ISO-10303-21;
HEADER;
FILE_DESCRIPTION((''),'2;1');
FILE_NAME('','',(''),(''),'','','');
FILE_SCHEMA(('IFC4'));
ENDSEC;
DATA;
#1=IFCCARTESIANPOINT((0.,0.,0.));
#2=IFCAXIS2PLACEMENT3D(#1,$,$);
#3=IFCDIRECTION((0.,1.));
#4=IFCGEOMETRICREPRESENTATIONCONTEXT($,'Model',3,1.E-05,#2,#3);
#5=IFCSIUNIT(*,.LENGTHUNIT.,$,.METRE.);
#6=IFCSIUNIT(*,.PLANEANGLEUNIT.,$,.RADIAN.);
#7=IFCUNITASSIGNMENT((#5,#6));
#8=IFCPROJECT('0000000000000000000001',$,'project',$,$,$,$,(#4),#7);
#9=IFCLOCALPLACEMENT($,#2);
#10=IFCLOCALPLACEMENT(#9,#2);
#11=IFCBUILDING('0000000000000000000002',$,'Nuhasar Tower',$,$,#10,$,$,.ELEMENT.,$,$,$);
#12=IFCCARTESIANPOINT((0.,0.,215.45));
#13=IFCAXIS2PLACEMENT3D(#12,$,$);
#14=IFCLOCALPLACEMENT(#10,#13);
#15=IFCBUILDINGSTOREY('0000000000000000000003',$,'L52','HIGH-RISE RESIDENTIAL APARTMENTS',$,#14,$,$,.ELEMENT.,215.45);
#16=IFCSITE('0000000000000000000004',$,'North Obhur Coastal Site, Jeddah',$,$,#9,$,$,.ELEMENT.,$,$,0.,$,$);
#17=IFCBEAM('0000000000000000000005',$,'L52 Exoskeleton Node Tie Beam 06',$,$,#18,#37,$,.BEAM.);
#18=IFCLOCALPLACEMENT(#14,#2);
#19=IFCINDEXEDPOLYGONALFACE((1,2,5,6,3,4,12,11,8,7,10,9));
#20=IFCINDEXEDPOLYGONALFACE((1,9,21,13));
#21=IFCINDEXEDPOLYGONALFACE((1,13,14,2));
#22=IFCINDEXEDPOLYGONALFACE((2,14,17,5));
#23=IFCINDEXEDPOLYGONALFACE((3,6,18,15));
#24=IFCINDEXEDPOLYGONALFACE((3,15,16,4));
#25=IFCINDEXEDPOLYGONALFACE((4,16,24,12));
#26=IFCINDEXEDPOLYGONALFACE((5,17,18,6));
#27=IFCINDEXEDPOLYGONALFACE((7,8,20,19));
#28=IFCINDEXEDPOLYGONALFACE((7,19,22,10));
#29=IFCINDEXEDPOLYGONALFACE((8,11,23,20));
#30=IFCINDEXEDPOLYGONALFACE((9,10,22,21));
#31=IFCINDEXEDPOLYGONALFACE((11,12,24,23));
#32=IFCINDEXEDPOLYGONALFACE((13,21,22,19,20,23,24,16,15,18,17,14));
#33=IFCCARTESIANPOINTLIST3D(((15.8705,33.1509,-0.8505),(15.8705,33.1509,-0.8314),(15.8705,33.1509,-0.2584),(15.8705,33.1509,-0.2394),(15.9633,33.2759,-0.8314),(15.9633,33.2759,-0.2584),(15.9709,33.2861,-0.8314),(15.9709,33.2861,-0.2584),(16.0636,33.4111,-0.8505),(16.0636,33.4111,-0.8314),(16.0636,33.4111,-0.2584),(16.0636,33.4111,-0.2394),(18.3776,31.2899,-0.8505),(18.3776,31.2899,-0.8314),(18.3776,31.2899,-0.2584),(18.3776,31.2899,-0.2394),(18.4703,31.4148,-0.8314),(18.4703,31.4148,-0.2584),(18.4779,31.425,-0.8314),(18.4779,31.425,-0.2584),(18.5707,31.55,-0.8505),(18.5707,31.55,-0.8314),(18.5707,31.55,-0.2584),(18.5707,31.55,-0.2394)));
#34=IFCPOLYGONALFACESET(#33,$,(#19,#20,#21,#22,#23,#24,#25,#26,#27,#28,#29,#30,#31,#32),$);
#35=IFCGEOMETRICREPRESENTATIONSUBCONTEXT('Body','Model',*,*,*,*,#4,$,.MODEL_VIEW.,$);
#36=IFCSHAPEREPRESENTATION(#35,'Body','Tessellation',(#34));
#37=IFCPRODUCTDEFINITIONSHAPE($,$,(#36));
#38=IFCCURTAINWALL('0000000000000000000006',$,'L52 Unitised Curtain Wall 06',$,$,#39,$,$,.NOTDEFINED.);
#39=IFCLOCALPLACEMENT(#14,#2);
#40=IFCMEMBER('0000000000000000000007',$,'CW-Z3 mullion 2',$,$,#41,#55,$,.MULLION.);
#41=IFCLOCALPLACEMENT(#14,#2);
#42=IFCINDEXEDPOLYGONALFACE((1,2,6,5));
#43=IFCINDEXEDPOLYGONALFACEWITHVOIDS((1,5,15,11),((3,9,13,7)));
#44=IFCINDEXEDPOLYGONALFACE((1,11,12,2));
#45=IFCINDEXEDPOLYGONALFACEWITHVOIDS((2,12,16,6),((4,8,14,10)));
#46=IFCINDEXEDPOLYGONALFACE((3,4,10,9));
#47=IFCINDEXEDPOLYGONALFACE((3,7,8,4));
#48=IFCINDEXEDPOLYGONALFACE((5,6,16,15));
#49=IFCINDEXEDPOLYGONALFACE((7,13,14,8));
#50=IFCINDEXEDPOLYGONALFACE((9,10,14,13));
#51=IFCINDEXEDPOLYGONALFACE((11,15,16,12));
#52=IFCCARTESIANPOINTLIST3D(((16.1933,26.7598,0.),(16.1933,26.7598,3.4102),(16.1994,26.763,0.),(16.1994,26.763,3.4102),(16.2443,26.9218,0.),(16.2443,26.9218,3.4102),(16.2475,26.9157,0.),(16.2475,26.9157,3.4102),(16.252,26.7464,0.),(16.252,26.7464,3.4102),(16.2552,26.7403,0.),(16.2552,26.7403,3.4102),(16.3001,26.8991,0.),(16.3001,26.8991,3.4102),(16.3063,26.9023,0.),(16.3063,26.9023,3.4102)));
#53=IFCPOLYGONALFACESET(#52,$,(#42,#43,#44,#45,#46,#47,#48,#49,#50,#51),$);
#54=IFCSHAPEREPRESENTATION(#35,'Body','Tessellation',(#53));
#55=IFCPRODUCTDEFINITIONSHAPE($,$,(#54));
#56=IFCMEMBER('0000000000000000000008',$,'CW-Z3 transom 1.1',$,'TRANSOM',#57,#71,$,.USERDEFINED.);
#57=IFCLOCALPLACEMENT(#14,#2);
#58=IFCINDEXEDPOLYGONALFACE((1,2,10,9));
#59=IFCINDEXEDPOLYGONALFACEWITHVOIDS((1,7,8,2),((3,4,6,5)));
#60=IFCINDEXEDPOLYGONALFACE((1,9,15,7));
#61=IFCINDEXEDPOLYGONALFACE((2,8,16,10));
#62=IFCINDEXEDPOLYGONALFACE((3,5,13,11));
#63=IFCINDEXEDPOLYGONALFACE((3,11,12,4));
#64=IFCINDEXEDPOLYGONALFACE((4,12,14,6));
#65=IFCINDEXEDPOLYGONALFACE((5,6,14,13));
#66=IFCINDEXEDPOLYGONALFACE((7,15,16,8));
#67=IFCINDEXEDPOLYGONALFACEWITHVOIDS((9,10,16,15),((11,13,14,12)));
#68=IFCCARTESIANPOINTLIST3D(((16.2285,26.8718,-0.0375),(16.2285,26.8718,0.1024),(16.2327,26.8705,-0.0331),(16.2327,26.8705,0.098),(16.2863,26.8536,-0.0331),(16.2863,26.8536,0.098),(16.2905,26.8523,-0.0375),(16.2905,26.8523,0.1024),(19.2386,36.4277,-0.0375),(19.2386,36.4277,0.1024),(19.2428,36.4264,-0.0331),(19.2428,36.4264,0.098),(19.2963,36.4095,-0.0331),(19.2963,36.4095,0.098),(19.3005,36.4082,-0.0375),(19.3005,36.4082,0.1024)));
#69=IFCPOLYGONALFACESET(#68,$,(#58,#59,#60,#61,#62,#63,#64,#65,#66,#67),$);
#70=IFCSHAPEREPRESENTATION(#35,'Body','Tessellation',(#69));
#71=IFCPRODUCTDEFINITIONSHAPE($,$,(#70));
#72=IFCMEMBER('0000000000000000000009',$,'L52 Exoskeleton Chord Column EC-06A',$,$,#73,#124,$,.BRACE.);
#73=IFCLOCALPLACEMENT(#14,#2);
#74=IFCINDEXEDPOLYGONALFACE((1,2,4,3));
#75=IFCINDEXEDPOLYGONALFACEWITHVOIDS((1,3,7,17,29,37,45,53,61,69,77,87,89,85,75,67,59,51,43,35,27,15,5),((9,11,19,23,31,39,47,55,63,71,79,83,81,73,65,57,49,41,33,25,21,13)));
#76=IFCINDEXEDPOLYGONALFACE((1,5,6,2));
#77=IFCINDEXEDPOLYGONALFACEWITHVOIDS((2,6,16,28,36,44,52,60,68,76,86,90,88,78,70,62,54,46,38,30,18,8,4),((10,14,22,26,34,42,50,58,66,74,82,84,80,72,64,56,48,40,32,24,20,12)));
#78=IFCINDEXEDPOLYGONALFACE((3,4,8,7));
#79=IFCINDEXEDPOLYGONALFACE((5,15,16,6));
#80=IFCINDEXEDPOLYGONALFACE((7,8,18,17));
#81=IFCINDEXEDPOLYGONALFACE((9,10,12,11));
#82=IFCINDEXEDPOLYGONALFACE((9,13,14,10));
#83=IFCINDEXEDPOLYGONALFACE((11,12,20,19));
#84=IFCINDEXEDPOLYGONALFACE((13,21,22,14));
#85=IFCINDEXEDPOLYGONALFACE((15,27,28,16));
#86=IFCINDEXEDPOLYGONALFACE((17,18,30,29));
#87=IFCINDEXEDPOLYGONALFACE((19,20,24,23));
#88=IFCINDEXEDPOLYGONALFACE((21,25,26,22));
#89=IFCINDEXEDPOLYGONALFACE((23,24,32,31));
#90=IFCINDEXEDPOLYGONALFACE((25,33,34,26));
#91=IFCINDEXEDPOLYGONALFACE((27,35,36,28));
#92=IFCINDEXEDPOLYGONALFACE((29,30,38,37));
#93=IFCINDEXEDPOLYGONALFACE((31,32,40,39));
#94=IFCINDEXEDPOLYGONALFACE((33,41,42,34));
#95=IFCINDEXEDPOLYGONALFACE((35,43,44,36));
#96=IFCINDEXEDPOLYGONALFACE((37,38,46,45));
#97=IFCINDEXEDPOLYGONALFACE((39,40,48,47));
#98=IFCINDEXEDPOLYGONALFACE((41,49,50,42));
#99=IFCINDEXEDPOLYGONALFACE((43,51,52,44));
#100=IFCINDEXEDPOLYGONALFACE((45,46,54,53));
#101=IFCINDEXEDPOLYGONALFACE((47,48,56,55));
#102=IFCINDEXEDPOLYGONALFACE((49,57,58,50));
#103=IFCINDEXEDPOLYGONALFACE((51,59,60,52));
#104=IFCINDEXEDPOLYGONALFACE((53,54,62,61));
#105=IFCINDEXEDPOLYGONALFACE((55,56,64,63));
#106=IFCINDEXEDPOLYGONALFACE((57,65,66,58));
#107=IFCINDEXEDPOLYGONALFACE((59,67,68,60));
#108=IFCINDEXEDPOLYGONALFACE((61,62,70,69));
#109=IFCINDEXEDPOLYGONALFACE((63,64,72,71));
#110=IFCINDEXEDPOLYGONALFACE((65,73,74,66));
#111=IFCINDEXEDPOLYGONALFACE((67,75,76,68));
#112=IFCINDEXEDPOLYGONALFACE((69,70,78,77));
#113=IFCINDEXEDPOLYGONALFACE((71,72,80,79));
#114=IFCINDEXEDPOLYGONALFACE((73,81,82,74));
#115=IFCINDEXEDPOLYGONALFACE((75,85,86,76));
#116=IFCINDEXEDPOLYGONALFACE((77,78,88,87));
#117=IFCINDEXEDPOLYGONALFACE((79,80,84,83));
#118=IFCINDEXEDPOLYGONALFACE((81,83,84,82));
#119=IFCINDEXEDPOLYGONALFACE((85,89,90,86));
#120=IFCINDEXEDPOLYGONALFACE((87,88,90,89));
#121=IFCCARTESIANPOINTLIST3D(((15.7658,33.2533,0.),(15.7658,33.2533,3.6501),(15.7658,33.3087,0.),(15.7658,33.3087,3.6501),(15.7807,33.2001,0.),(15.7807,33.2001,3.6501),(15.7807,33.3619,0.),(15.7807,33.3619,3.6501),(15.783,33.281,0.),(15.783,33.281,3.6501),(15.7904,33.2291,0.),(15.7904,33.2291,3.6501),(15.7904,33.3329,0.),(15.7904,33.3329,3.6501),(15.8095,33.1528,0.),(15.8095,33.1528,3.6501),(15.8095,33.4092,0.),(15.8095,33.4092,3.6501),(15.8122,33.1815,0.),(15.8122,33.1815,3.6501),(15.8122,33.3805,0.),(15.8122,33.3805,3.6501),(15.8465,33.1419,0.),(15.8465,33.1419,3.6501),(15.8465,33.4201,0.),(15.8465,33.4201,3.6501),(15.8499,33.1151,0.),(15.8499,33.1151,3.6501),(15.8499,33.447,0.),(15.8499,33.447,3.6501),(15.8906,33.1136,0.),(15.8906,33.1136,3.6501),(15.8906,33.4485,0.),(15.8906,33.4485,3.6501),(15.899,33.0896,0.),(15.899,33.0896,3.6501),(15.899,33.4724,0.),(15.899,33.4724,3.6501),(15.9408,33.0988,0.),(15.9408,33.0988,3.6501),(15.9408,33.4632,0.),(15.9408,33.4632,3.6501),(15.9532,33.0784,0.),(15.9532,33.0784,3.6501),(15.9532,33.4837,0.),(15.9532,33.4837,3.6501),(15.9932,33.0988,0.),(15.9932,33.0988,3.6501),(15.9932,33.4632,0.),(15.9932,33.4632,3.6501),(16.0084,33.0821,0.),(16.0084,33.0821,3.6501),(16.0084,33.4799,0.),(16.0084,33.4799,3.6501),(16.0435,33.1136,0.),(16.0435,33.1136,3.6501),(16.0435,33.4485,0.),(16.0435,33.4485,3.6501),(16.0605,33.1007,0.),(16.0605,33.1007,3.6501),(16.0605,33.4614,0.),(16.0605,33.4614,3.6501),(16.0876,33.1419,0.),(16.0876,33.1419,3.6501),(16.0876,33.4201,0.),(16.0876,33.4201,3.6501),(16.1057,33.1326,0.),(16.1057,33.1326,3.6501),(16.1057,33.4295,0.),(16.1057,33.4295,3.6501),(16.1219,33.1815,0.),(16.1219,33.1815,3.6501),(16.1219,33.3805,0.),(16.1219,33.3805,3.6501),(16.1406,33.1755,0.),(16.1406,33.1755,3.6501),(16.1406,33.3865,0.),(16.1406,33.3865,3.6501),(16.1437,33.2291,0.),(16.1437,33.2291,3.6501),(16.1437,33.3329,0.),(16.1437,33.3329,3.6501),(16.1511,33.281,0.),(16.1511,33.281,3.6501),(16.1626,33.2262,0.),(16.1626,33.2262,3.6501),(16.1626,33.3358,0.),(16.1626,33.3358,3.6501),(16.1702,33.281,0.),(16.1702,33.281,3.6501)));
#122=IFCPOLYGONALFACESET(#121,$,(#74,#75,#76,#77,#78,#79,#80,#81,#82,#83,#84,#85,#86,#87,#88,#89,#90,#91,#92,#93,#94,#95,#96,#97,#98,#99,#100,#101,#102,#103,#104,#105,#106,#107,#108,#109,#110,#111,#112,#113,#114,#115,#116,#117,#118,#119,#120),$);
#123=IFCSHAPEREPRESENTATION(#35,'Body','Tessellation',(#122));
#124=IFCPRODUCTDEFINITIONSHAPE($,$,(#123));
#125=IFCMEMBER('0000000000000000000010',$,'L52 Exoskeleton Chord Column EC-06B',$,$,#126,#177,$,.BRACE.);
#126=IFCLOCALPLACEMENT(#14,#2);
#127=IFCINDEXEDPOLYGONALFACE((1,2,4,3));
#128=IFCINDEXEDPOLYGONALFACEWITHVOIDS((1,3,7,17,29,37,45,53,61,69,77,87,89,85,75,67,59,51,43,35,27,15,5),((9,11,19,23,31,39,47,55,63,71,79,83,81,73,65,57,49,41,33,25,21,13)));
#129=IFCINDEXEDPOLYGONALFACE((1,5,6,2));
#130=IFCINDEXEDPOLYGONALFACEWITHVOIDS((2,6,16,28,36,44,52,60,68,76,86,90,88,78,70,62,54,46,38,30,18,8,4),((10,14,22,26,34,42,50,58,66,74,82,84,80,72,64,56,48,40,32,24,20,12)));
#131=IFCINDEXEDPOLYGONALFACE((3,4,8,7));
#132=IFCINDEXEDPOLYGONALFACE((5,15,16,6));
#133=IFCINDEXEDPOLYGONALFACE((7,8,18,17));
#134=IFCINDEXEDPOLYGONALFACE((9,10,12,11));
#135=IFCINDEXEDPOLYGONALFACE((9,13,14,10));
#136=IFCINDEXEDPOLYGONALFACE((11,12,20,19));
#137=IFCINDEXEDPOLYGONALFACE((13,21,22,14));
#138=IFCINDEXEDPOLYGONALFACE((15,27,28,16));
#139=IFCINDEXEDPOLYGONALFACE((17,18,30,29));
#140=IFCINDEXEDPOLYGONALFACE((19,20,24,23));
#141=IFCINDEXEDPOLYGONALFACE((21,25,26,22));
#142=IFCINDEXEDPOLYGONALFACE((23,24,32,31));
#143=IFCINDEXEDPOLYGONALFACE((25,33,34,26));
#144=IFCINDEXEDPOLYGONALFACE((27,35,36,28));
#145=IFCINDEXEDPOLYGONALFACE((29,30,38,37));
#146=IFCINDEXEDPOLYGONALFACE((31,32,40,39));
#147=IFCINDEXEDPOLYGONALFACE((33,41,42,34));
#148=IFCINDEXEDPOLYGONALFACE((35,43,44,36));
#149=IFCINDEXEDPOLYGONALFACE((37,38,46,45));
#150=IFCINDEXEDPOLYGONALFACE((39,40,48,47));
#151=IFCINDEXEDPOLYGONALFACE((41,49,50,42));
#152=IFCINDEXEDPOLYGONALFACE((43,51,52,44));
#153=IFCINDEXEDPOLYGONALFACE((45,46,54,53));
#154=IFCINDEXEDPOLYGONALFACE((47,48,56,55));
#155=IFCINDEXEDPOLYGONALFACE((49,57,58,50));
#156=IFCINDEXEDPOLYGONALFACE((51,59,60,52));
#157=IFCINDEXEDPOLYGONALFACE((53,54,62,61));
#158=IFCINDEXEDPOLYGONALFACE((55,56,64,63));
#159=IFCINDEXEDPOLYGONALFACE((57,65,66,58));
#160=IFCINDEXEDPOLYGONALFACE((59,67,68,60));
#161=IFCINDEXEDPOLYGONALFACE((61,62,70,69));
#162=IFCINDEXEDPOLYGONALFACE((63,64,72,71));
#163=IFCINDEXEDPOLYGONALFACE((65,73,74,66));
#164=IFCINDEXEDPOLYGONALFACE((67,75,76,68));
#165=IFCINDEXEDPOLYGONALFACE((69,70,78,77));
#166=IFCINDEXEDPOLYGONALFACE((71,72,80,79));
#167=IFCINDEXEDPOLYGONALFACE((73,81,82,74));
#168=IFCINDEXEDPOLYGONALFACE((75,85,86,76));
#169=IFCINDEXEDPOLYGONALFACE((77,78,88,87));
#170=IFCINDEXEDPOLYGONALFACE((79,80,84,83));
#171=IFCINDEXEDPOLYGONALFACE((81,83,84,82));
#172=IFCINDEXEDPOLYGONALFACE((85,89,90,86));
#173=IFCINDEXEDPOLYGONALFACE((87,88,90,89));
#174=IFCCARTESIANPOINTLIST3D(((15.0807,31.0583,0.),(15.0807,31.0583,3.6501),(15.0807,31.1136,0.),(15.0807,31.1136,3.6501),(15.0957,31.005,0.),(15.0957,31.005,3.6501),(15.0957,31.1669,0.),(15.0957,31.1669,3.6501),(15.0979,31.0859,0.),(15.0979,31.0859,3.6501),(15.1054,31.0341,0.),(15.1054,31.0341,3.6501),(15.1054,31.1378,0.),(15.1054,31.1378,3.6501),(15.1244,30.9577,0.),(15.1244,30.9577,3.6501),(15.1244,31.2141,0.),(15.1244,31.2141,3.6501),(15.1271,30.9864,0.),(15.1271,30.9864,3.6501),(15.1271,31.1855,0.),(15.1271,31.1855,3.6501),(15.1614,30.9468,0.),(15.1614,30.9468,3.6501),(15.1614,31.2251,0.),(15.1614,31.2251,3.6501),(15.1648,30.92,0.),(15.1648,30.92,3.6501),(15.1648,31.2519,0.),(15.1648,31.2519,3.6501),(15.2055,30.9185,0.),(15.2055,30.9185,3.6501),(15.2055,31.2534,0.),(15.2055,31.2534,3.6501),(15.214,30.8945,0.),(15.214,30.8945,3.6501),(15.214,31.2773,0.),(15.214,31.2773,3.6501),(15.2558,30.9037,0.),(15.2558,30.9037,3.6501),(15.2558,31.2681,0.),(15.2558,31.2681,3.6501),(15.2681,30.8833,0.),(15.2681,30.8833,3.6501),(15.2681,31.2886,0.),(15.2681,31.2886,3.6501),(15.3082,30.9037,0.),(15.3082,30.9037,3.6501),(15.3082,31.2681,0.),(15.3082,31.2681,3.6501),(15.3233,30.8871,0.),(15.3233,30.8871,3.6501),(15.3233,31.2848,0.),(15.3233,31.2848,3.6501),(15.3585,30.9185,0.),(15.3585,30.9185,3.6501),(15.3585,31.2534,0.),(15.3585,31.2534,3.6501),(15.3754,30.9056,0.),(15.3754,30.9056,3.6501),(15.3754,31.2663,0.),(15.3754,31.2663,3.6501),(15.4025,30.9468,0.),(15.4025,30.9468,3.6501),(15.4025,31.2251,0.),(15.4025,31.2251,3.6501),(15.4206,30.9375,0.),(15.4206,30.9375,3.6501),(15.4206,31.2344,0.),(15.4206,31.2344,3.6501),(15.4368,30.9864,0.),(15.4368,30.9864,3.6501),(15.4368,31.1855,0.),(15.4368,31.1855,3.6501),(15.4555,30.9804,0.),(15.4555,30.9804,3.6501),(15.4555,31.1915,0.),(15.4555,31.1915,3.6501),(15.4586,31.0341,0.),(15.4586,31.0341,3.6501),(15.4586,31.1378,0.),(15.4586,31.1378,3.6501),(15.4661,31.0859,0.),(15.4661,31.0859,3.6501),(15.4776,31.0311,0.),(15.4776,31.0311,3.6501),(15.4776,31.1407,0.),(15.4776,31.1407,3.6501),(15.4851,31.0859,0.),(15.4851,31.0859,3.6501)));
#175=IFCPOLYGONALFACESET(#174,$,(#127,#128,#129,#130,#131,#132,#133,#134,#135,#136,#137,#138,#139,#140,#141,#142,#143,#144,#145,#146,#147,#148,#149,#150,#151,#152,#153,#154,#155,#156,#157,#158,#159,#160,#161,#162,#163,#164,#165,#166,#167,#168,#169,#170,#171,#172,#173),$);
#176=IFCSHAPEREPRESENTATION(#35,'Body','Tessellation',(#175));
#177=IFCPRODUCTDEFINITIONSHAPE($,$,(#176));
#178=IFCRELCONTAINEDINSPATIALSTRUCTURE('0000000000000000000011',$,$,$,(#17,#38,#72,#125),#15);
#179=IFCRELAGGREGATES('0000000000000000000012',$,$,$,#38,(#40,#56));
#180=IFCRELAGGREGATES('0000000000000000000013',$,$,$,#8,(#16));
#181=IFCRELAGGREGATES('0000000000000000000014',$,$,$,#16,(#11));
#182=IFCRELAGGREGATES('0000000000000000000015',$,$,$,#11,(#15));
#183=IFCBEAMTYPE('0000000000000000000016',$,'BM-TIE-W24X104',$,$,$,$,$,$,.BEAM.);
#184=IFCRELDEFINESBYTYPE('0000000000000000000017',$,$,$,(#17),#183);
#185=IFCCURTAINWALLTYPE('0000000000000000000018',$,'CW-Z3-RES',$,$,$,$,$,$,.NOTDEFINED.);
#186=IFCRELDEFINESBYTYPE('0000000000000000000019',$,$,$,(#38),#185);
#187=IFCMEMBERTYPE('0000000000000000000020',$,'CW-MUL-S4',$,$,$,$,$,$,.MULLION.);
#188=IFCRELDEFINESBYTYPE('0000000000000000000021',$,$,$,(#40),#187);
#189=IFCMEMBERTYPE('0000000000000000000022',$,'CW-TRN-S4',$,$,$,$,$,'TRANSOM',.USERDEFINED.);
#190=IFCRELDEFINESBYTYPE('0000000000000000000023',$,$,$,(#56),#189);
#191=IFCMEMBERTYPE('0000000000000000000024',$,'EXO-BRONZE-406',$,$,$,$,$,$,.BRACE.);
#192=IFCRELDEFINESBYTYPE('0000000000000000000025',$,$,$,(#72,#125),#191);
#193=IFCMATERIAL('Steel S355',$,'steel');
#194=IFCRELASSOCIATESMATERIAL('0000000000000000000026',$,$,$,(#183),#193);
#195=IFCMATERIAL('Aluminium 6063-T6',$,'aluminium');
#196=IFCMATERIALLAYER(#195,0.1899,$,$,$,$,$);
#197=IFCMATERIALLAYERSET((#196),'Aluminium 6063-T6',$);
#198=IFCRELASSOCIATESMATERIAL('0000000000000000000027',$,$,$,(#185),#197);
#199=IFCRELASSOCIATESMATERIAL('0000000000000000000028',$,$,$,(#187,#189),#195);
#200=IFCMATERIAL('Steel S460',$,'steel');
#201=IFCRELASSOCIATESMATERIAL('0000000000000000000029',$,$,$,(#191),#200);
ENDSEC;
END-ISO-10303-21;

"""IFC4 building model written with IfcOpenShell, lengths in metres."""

from ifc_helpers import new_model, si_unit, direction, frame, origin, origin_2d, place, context, subcontext, project, spatial, hollow_rectangle, hollow_circle, i_section, extrude, material, layer, layer_set, material_profile, profile_set, type_object, element, aggregate, save


model = new_model("IFC4")

# Units and contexts
model_context = context("Model", 3, precision=1e-05, world=origin(), true_north=direction((0.0, 1.0)))
body_context = subcontext(model_context, "Body", "Model", "MODEL_VIEW")
ifc_project = project(units=[si_unit("LENGTHUNIT", "METRE"), si_unit("PLANEANGLEUNIT", "RADIAN")], contexts=[model_context])

# Site, building, storey
site_placement = place(None, origin())
site = spatial("IfcSite", under=ifc_project, at=site_placement, Name="North Obhur Coastal Site, Jeddah", CompositionType="ELEMENT", RefElevation=0.0)
building_placement = place(site_placement, origin())
building = spatial("IfcBuilding", under=site, at=building_placement, Name="Nuhasar Tower", CompositionType="ELEMENT")
storey_placement = place(building_placement, frame((0.0, 0.0, 215.45)))
storey = spatial("IfcBuildingStorey", under=building, at=storey_placement, Name="L52", Description="HIGH-RISE RESIDENTIAL APARTMENTS", CompositionType="ELEMENT", Elevation=215.45)

# Beam
ifc_material_1 = material(Name="Steel S355", Category="steel")
ifc_material_profile_1 = material_profile(ifc_material_1, i_section(OverallWidth=0.324, OverallDepth=0.6111, WebThickness=0.0127, FlangeThickness=0.019, at=origin_2d()), Name="W24X104")
ifc_profile_set_1 = profile_set([ifc_material_profile_1], Name="Steel S355")
beam_type_1 = type_object("IfcBeamType", Name="BM-TIE-W24X104", PredefinedType="BEAM", material=ifc_profile_set_1)
beam_1_placement = place(storey_placement, frame((18.4741, 31.4199, -0.5449), z_axis=(-0.802946, 0.596052, 0.0), x_axis=(-0.596052, -0.802946, 0.0)))
element("IfcBeam", 1, at=beam_1_placement, inside=storey, type_object=beam_type_1, Name="L52 Exoskeleton Node Tie Beam 06", PredefinedType="BEAM", context=body_context, shape_type="SweptSolid", body=[
    extrude(i_section(OverallWidth=0.324, OverallDepth=0.6111, WebThickness=0.0127, FlangeThickness=0.019, at=origin_2d()), origin(), (0.0, 0.0, 1.0), 3.1223),
])

# Curtain wall, members
ifc_material_2 = material(Name="Aluminium 6063-T6", Category="aluminium")
ifc_layer_1 = layer(ifc_material_2, 0.1899)
ifc_layer_set_1 = layer_set([ifc_layer_1], Name="Aluminium 6063-T6")
curtain_wall_type = type_object("IfcCurtainWallType", Name="CW-Z3-RES", PredefinedType="NOTDEFINED", material=ifc_layer_set_1)
curtain_wall_placement = place(storey_placement, origin())
curtain_wall = element("IfcCurtainWall", 2, at=curtain_wall_placement, inside=storey, type_object=curtain_wall_type, Name="L52 Unitised Curtain Wall 06", PredefinedType="NOTDEFINED")
ifc_material_profile_2 = material_profile(ifc_material_2, hollow_rectangle(XDim=0.0649, YDim=0.1699, WallThickness=0.0049, at=origin_2d()), Name="CWM-4")
ifc_profile_set_2 = profile_set([ifc_material_profile_2], Name="Aluminium 6063-T6")
member_type_1 = type_object("IfcMemberType", Name="CW-MUL-S4", PredefinedType="MULLION", material=ifc_profile_set_2)
member_1_placement = place(storey_placement, frame((16.2498, 26.8311, 0.0), z_axis=(0.0, 0.0, 1.0), x_axis=(0.953804, -0.300429, 0.0)))
member_1 = element("IfcMember", 3, at=member_1_placement, type_object=member_type_1, Name="CW-Z3 mullion 2", PredefinedType="MULLION", context=body_context, shape_type="SweptSolid", body=[
    extrude(hollow_rectangle(XDim=0.0649, YDim=0.1699, WallThickness=0.0049, at=origin_2d()), origin(), (0.0, 0.0, 1.0), 3.4102),
])
ifc_material_profile_3 = material_profile(ifc_material_2, hollow_rectangle(XDim=0.0649, YDim=0.1399, WallThickness=0.0044, at=origin_2d()), Name="CWT-4")
ifc_profile_set_3 = profile_set([ifc_material_profile_3], Name="Aluminium 6063-T6")
member_type_2 = type_object("IfcMemberType", Name="CW-TRN-S4", ElementType="TRANSOM", PredefinedType="USERDEFINED", material=ifc_profile_set_3)
member_2_placement = place(storey_placement, frame((19.2695, 36.418, 0.0325), z_axis=(-0.300437, -0.953802, 0.0), x_axis=(0.953802, -0.300437, 0.0)))
member_2 = element("IfcMember", 4, at=member_2_placement, type_object=member_type_2, Name="CW-Z3 transom 1.1", ObjectType="TRANSOM", PredefinedType="USERDEFINED", context=body_context, shape_type="SweptSolid", body=[
    extrude(hollow_rectangle(XDim=0.0649, YDim=0.1399, WallThickness=0.0044, at=origin_2d()), origin(), (0.0, 0.0, 1.0), 10.0188),
])

# Members
ifc_material_3 = material(Name="Steel S460", Category="steel")
ifc_material_profile_4 = material_profile(ifc_material_3, hollow_circle(Radius=0.2031, WallThickness=0.019, at=origin_2d()), Name="HSS406.4X19.1")
ifc_profile_set_4 = profile_set([ifc_material_profile_4], Name="Steel S460")
member_type_3 = type_object("IfcMemberType", Name="EXO-BRONZE-406", PredefinedType="BRACE", material=ifc_profile_set_4)
for number, where, z_axis, x_axis, name in (
    (5, (15.967, 33.281, 0.0), (0.0, 0.0, 1.0), (1.0, 0.0, 0.0), "L52 Exoskeleton Chord Column EC-06A"),
    (6, (15.282, 31.0859, 0.0), (0.0, 0.0, 1.0), (1.0, 0.0, 0.0), "L52 Exoskeleton Chord Column EC-06B"),
):
    element("IfcMember", number, at=place(storey_placement, frame(where, z_axis=z_axis, x_axis=x_axis)), inside=storey, type_object=member_type_3, Name=name, PredefinedType="BRACE", context=body_context, shape_type="SweptSolid", body=[
        extrude(hollow_circle(Radius=0.2031, WallThickness=0.019, at=origin_2d()), origin(), (0.0, 0.0, 1.0), 3.6501),
    ])

aggregate(curtain_wall, [member_1, member_2])

save(model, "model.ifc")
